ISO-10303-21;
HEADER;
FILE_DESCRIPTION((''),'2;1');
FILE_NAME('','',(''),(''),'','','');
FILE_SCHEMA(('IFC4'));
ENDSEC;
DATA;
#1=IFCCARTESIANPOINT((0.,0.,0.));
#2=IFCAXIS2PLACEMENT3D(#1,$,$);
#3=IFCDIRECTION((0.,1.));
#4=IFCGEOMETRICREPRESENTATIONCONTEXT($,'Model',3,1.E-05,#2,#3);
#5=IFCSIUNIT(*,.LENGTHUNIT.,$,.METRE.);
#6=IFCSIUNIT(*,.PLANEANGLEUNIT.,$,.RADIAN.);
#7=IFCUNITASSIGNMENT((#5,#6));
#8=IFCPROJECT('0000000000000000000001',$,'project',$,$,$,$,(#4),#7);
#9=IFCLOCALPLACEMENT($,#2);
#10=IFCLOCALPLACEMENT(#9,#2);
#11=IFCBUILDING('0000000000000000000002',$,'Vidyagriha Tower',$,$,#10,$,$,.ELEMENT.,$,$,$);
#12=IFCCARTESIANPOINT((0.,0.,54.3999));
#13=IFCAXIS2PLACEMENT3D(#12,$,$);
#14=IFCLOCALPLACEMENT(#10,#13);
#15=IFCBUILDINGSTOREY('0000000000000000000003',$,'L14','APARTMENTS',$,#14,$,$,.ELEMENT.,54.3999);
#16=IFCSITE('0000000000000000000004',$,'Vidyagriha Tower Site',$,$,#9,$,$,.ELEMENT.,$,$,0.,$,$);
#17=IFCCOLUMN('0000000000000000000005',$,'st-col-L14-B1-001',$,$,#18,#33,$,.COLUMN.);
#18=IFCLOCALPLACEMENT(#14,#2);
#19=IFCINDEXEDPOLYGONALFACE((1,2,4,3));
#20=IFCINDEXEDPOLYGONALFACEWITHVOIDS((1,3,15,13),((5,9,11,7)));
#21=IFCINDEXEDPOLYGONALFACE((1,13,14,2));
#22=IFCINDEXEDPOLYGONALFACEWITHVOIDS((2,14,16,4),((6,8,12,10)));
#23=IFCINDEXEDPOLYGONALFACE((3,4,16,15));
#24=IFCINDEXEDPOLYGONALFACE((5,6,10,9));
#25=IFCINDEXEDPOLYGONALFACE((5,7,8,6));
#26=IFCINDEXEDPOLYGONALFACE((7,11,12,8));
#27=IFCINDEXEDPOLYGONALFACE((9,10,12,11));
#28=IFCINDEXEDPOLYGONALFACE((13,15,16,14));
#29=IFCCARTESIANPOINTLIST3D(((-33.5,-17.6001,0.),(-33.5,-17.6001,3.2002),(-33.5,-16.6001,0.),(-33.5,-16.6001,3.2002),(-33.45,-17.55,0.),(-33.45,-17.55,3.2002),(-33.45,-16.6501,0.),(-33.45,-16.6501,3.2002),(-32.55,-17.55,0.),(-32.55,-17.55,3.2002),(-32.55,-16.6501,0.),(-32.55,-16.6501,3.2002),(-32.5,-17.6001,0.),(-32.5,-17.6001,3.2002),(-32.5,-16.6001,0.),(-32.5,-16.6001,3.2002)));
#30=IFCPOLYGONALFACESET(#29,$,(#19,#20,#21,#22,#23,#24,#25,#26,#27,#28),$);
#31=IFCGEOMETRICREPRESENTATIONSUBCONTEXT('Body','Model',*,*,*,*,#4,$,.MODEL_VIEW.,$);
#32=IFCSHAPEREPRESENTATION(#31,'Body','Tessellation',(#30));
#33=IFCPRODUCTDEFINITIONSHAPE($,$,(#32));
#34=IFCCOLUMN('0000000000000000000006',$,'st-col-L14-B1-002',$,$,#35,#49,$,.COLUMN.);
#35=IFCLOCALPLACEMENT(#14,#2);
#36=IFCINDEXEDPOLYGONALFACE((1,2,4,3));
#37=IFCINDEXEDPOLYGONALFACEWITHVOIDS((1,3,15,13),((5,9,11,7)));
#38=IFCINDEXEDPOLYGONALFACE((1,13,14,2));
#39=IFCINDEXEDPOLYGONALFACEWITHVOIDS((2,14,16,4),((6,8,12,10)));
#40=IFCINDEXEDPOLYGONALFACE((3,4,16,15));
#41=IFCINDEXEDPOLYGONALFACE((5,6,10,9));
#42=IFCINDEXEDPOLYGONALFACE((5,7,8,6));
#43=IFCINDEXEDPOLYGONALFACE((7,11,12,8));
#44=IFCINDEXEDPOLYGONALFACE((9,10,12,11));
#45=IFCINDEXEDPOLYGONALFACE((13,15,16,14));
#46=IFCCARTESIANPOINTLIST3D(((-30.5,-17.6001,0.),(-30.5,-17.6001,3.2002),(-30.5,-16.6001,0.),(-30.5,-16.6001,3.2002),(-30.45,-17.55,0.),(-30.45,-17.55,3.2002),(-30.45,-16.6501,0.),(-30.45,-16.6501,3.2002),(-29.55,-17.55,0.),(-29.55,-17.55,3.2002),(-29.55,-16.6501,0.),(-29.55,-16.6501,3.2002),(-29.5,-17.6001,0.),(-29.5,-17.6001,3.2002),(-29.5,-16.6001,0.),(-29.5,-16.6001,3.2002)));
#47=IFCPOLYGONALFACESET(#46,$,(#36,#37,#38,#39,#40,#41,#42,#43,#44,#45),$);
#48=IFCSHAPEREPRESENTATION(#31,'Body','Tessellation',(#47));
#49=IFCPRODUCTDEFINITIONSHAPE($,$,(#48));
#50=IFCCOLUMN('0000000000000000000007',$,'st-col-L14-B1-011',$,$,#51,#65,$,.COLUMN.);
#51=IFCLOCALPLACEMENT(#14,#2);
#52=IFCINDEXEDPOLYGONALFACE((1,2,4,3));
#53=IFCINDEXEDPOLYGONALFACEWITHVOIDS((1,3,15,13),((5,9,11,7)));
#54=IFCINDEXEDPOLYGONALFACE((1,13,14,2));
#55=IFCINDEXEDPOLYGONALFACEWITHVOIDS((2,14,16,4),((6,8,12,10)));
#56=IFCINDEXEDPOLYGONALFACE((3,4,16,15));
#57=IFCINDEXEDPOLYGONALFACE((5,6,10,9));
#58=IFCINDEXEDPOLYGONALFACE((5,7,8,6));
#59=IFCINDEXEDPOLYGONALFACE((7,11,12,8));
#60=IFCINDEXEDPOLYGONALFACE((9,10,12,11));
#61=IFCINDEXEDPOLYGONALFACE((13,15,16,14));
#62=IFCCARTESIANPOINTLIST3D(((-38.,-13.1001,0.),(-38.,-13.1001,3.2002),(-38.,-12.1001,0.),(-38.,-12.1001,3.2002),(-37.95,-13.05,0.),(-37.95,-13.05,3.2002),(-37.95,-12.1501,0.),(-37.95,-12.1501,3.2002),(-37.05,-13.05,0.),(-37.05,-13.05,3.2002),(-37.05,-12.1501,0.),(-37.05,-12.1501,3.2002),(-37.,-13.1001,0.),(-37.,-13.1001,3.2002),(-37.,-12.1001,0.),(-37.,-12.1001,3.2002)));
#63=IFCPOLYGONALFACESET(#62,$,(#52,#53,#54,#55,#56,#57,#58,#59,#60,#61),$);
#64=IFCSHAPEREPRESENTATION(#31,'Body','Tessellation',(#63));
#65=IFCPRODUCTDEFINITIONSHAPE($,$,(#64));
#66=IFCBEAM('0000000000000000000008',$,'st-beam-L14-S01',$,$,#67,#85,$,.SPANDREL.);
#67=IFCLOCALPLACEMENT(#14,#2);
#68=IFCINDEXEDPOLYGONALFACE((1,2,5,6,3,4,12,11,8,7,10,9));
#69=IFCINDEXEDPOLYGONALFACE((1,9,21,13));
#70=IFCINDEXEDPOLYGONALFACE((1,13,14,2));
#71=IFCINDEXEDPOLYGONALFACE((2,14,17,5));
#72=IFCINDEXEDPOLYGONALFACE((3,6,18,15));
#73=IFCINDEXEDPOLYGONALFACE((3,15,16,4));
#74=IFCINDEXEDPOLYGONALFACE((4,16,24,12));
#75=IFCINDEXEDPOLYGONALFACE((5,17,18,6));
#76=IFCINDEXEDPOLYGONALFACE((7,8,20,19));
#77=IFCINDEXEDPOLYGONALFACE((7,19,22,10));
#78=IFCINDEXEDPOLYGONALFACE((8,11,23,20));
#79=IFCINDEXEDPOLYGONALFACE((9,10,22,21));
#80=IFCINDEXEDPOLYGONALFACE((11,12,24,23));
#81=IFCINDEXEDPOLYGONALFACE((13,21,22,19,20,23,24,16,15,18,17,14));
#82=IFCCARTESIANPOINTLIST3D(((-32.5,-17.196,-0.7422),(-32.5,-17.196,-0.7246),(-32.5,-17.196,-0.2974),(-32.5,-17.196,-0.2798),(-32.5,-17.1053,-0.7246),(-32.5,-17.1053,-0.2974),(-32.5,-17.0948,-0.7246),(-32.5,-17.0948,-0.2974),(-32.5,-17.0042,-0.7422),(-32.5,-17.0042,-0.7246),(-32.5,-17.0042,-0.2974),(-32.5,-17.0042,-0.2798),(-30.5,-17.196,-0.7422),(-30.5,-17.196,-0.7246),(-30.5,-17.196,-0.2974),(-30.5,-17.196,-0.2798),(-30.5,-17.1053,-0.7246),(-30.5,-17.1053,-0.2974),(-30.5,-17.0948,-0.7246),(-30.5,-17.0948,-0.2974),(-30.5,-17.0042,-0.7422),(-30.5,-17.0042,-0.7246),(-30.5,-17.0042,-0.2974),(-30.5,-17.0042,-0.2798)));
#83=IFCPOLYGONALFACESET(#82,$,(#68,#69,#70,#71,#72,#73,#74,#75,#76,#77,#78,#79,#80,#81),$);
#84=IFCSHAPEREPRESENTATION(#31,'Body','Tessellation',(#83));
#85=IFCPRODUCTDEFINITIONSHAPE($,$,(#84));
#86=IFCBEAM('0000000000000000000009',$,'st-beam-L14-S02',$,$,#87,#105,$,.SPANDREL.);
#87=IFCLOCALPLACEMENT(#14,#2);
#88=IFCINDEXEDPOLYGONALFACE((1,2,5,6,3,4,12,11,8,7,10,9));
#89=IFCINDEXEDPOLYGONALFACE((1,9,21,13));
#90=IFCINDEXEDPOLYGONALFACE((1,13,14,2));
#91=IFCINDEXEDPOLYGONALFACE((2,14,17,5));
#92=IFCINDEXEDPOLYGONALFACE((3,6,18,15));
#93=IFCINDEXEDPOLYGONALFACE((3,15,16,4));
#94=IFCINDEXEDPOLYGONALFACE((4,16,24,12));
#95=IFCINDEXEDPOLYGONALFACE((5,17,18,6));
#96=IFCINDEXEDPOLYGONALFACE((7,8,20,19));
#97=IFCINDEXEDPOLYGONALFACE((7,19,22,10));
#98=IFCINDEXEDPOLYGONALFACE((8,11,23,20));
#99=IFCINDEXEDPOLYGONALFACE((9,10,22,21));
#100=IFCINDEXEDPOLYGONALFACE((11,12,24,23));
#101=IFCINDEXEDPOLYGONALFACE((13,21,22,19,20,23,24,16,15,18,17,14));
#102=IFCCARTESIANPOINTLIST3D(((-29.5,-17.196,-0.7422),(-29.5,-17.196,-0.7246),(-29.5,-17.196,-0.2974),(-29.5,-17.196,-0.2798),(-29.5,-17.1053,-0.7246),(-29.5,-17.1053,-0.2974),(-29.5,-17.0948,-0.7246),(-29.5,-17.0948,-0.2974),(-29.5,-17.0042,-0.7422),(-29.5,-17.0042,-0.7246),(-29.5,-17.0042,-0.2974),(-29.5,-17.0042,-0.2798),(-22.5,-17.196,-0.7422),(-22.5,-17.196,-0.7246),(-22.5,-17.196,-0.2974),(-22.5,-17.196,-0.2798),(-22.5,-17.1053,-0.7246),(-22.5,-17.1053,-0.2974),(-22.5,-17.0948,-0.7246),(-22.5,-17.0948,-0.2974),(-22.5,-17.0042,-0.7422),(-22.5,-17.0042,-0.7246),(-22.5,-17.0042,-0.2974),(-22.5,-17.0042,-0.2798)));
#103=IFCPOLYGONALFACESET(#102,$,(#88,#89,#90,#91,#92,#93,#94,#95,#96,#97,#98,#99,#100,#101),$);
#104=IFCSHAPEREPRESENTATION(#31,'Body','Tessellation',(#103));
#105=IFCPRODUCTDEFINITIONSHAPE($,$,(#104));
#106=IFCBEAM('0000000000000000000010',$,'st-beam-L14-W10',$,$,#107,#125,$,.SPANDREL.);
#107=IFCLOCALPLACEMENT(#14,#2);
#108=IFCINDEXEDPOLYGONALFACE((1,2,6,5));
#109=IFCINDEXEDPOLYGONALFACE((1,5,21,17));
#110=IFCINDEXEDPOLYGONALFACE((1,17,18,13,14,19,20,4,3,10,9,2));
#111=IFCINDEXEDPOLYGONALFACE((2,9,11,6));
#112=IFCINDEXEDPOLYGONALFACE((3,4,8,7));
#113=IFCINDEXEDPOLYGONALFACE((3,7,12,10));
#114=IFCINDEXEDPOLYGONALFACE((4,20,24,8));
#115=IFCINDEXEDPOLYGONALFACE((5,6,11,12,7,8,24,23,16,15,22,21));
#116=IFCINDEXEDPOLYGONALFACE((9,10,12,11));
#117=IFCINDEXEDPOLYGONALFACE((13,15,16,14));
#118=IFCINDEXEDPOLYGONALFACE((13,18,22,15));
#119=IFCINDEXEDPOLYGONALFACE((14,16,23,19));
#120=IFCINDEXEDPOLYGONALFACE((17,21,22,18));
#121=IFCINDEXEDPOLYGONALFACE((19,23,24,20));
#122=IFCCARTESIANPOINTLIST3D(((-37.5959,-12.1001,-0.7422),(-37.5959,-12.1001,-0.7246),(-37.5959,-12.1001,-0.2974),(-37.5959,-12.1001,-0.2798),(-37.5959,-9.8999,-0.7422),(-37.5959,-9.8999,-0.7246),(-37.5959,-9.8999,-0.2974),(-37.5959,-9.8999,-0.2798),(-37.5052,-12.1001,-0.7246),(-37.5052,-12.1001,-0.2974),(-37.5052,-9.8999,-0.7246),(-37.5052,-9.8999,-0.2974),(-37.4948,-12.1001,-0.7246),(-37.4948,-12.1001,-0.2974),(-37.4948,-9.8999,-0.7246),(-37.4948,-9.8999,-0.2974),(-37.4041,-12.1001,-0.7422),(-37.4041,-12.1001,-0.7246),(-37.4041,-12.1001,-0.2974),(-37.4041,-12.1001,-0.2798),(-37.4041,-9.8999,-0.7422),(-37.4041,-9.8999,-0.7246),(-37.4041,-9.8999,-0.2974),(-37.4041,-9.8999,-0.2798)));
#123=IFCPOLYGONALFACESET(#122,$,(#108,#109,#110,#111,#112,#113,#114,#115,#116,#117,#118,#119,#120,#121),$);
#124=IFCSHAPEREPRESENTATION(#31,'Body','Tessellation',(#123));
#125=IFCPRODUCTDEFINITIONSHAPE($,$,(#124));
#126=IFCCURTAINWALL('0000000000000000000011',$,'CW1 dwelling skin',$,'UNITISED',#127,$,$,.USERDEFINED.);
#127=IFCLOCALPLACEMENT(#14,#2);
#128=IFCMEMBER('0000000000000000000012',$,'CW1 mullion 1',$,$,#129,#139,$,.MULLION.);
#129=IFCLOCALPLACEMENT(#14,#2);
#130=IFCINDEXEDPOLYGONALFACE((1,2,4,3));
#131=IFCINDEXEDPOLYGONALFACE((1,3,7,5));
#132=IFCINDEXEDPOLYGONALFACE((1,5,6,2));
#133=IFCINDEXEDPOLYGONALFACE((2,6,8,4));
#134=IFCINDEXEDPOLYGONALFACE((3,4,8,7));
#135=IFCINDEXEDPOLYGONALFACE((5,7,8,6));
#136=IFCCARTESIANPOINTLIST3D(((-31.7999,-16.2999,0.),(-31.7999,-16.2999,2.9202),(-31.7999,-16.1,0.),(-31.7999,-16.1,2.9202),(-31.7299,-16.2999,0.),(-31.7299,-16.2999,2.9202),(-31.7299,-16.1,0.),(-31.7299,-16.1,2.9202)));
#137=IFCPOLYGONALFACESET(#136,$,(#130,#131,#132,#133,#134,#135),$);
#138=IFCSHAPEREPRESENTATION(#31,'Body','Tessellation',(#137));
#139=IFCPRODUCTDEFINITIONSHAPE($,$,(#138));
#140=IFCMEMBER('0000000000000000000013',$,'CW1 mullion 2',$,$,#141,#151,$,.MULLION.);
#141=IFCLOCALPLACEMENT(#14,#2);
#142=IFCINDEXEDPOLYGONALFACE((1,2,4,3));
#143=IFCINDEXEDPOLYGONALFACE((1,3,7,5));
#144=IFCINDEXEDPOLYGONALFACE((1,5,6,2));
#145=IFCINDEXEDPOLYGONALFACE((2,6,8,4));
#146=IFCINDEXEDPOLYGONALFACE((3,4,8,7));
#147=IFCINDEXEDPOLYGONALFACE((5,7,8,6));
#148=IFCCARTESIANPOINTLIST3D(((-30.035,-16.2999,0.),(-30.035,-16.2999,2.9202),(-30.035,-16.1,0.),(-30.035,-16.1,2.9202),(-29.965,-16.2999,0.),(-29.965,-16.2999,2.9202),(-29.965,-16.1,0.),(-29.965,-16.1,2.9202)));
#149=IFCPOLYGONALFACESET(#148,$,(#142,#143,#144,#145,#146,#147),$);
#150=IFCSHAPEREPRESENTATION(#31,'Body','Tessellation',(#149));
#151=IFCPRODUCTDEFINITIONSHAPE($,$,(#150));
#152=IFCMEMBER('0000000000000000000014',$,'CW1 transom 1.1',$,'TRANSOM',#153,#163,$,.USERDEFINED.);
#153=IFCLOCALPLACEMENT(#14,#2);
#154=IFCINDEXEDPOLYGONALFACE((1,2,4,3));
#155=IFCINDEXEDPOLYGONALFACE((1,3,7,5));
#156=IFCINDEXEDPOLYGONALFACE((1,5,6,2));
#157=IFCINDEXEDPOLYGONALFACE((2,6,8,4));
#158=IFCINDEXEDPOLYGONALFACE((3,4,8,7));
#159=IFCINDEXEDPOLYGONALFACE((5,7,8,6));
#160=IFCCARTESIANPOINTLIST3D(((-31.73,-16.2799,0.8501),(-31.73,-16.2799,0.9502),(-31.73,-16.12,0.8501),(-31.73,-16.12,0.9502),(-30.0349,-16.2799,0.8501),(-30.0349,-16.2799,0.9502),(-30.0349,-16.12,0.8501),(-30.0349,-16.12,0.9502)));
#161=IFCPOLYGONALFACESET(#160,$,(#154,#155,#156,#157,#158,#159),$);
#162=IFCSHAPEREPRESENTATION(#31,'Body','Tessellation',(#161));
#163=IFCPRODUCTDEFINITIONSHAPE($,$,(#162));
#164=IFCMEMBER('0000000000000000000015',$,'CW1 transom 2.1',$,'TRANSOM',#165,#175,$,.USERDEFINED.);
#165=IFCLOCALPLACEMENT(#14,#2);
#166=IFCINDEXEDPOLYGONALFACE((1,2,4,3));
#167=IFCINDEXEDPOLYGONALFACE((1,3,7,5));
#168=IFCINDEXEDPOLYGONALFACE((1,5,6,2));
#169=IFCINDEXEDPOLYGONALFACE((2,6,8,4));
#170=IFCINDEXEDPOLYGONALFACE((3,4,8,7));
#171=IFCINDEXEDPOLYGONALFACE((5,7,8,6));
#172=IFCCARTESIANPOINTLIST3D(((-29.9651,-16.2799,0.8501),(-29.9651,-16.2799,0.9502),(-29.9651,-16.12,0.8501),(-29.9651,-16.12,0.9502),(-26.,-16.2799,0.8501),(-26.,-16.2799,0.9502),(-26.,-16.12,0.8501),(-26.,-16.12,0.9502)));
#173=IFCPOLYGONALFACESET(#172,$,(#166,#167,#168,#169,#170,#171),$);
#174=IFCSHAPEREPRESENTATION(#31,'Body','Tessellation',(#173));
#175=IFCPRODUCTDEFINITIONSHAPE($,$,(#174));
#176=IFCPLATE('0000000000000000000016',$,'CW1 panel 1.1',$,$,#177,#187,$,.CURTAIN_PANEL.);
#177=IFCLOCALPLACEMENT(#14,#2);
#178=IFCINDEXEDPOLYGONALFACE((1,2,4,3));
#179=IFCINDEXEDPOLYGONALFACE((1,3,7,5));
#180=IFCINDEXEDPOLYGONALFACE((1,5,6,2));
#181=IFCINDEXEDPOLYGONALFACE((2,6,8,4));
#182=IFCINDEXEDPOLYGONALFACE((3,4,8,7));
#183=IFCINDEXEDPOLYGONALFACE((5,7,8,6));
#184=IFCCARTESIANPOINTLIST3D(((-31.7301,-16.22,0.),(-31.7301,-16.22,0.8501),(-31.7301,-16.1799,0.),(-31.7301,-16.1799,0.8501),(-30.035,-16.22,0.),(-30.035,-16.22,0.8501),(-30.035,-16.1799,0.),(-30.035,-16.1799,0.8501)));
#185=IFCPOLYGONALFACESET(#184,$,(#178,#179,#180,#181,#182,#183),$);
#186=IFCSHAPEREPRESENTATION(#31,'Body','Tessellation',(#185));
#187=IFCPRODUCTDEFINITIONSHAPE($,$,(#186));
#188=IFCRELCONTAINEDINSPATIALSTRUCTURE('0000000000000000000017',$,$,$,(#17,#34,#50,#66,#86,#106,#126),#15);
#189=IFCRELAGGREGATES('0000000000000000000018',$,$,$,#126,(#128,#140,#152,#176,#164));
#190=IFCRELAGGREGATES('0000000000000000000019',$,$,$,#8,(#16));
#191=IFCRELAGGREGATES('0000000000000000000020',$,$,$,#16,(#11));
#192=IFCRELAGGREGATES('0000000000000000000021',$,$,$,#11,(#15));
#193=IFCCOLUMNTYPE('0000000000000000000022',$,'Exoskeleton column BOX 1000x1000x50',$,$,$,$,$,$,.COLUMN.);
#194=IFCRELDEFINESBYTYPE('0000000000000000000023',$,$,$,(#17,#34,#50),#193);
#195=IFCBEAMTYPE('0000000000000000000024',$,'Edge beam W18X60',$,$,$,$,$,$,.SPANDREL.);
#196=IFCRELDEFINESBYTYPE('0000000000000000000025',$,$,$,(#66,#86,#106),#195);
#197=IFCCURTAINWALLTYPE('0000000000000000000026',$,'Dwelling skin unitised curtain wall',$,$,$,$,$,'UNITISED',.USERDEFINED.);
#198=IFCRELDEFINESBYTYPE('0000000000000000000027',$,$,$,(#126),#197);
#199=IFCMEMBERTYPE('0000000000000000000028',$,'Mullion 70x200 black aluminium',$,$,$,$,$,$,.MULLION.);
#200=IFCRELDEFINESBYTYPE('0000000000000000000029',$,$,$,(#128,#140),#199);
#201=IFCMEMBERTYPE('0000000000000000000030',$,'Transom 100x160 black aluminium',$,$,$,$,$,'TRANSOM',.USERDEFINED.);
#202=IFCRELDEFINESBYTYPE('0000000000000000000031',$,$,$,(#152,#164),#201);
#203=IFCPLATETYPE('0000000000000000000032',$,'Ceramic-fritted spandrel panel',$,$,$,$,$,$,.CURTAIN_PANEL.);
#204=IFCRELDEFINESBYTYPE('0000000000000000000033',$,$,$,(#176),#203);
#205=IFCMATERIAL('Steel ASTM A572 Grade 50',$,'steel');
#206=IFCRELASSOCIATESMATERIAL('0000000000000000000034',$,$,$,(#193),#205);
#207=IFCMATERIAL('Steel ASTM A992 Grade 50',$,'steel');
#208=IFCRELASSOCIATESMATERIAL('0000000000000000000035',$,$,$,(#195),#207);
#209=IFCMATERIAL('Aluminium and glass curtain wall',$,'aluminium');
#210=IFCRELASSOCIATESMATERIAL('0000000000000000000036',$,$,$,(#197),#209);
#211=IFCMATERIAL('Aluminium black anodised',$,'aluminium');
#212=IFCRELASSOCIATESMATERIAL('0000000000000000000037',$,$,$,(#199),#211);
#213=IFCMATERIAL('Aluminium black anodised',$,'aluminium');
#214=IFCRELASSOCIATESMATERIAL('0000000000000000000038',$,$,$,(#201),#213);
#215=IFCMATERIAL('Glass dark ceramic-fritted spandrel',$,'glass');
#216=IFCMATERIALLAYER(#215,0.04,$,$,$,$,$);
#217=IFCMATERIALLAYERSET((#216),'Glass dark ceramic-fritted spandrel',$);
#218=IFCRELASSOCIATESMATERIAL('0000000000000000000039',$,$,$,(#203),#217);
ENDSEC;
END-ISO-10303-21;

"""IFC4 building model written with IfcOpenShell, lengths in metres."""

from ifc_helpers import new_model, si_unit, direction, frame, origin, origin_2d, place, context, subcontext, project, spatial, rectangle, hollow_rectangle, i_section, extrude, material, layer, layer_set, material_profile, profile_set, type_object, element, aggregate, save


model = new_model("IFC4")

# Units and contexts
model_context = context("Model", 3, precision=1e-05, world=origin(), true_north=direction((0.0, 1.0)))
body_context = subcontext(model_context, "Body", "Model", "MODEL_VIEW")
ifc_project = project(units=[si_unit("LENGTHUNIT", "METRE"), si_unit("PLANEANGLEUNIT", "RADIAN")], contexts=[model_context])

# Site, building, storey
site_placement = place(None, origin())
site = spatial("IfcSite", under=ifc_project, at=site_placement, Name="Vidyagriha Tower Site", CompositionType="ELEMENT", RefElevation=0.0)
building_placement = place(site_placement, origin())
building = spatial("IfcBuilding", under=site, at=building_placement, Name="Vidyagriha Tower", CompositionType="ELEMENT")
storey_placement = place(building_placement, frame((0.0, 0.0, 54.3999)))
storey = spatial("IfcBuildingStorey", under=building, at=storey_placement, Name="L14", Description="APARTMENTS", CompositionType="ELEMENT", Elevation=54.3999)

# Columns
ifc_material_1 = material(Name="Steel ASTM A572 Grade 50", Category="steel")
ifc_material_profile_1 = material_profile(ifc_material_1, hollow_rectangle(XDim=1.0, YDim=1.0, WallThickness=0.05, at=origin_2d()), Name="BOX 1000x1000x50")
ifc_profile_set_1 = profile_set([ifc_material_profile_1], Name="Steel ASTM A572 Grade 50")
column_type = type_object("IfcColumnType", Name="Exoskeleton column BOX 1000x1000x50", PredefinedType="COLUMN", material=ifc_profile_set_1)
for number, where, name in (
    (1, (-33.0, -17.1001, 0.0), "st-col-L14-B1-001"),
    (2, (-30.0, -17.1001, 0.0), "st-col-L14-B1-002"),
    (3, (-37.5, -12.6001, 0.0), "st-col-L14-B1-011"),
):
    element("IfcColumn", number, at=place(storey_placement, frame(where)), inside=storey, type_object=column_type, Name=name, PredefinedType="COLUMN", context=body_context, shape_type="SweptSolid", body=[
        extrude(hollow_rectangle(XDim=1.0, YDim=1.0, WallThickness=0.05, at=origin_2d()), origin(), (0.0, 0.0, 1.0), 3.2002),
    ])

# Beams
ifc_material_2 = material(Name="Steel ASTM A992 Grade 50", Category="steel")
ifc_material_profile_2 = material_profile(ifc_material_2, i_section(OverallWidth=0.1919, OverallDepth=0.4624, WebThickness=0.0105, FlangeThickness=0.0176, at=origin_2d()), Name="W18X60")
ifc_profile_set_2 = profile_set([ifc_material_profile_2], Name="Steel ASTM A992 Grade 50")
beam_type = type_object("IfcBeamType", Name="Edge beam W18X60", PredefinedType="SPANDREL", material=ifc_profile_set_2)
beam_1_placement = place(storey_placement, frame((-32.5, -17.1001, -0.511), z_axis=(1.0, 0.0, 0.0), x_axis=(0.0, 1.0, 0.0)))
element("IfcBeam", 4, at=beam_1_placement, inside=storey, type_object=beam_type, Name="st-beam-L14-S01", PredefinedType="SPANDREL", context=body_context, shape_type="SweptSolid", body=[
    extrude(i_section(OverallWidth=0.1919, OverallDepth=0.4624, WebThickness=0.0105, FlangeThickness=0.0176, at=origin_2d()), origin(), (0.0, 0.0, 1.0), 2.0),
])
beam_2_placement = place(storey_placement, frame((-29.5, -17.1001, -0.511), z_axis=(1.0, 0.0, 0.0), x_axis=(0.0, 1.0, 0.0)))
element("IfcBeam", 5, at=beam_2_placement, inside=storey, type_object=beam_type, Name="st-beam-L14-S02", PredefinedType="SPANDREL", context=body_context, shape_type="SweptSolid", body=[
    extrude(i_section(OverallWidth=0.1919, OverallDepth=0.4624, WebThickness=0.0105, FlangeThickness=0.0176, at=origin_2d()), origin(), (0.0, 0.0, 1.0), 7.0),
])
beam_3_placement = place(storey_placement, frame((-37.5, -12.1001, -0.511), z_axis=(0.0, 1.0, 0.0), x_axis=(-1.0, 0.0, 0.0)))
element("IfcBeam", 6, at=beam_3_placement, inside=storey, type_object=beam_type, Name="st-beam-L14-W10", PredefinedType="SPANDREL", context=body_context, shape_type="SweptSolid", body=[
    extrude(i_section(OverallWidth=0.1919, OverallDepth=0.4624, WebThickness=0.0105, FlangeThickness=0.0176, at=origin_2d()), origin(), (0.0, 0.0, 1.0), 2.2002),
])

# Curtain wall, members, plate
ifc_material_3 = material(Name="Aluminium and glass curtain wall", Category="aluminium")
curtain_wall_type = type_object("IfcCurtainWallType", Name="Dwelling skin unitised curtain wall", ElementType="UNITISED", PredefinedType="USERDEFINED", material=ifc_material_3)
curtain_wall_placement = place(storey_placement, origin())
curtain_wall = element("IfcCurtainWall", 7, at=curtain_wall_placement, inside=storey, type_object=curtain_wall_type, Name="CW1 dwelling skin", ObjectType="UNITISED", PredefinedType="USERDEFINED")
ifc_material_4 = material(Name="Aluminium black anodised", Category="aluminium")
ifc_material_profile_3 = material_profile(ifc_material_4, rectangle(XDim=0.2, YDim=0.0701, at=origin_2d()), Name="Mullion 70x200 black aluminium")
ifc_profile_set_3 = profile_set([ifc_material_profile_3], Name="Aluminium black anodised")
member_type_1 = type_object("IfcMemberType", Name="Mullion 70x200 black aluminium", PredefinedType="MULLION", material=ifc_profile_set_3)
member_1_placement = place(storey_placement, frame((-31.7649, -16.2, 0.0), z_axis=(0.0, 0.0, 1.0), x_axis=(0.0, 1.0, 0.0)))
member_1 = element("IfcMember", 8, at=member_1_placement, type_object=member_type_1, Name="CW1 mullion 1", PredefinedType="MULLION", context=body_context, shape_type="SweptSolid", body=[
    extrude(rectangle(XDim=0.2, YDim=0.0701, at=origin_2d()), origin(), (0.0, 0.0, 1.0), 2.9202),
])
member_2_placement = place(storey_placement, frame((-30.0, -16.2, 0.0), z_axis=(0.0, 0.0, 1.0), x_axis=(0.0, 1.0, 0.0)))
member_2 = element("IfcMember", 9, at=member_2_placement, type_object=member_type_1, Name="CW1 mullion 2", PredefinedType="MULLION", context=body_context, shape_type="SweptSolid", body=[
    extrude(rectangle(XDim=0.2, YDim=0.0701, at=origin_2d()), origin(), (0.0, 0.0, 1.0), 2.9202),
])
ifc_material_5 = material(Name="Aluminium black anodised", Category="aluminium")
ifc_material_profile_4 = material_profile(ifc_material_5, rectangle(XDim=0.1599, YDim=0.1001, at=origin_2d()), Name="Transom 100x160 black aluminium")
ifc_profile_set_4 = profile_set([ifc_material_profile_4], Name="Aluminium black anodised")
member_type_2 = type_object("IfcMemberType", Name="Transom 100x160 black aluminium", ElementType="TRANSOM", PredefinedType="USERDEFINED", material=ifc_profile_set_4)
member_3_placement = place(storey_placement, frame((-31.73, -16.2, 0.9001), z_axis=(1.0, 0.0, 0.0), x_axis=(0.0, 1.0, 0.0)))
member_3 = element("IfcMember", 10, at=member_3_placement, type_object=member_type_2, Name="CW1 transom 1.1", ObjectType="TRANSOM", PredefinedType="USERDEFINED", context=body_context, shape_type="SweptSolid", body=[
    extrude(rectangle(XDim=0.1599, YDim=0.1001, at=origin_2d()), origin(), (0.0, 0.0, 1.0), 1.6951),
])
member_4_placement = place(storey_placement, frame((-29.9651, -16.2, 0.9001), z_axis=(1.0, 0.0, 0.0), x_axis=(0.0, 1.0, 0.0)))
member_4 = element("IfcMember", 11, at=member_4_placement, type_object=member_type_2, Name="CW1 transom 2.1", ObjectType="TRANSOM", PredefinedType="USERDEFINED", context=body_context, shape_type="SweptSolid", body=[
    extrude(rectangle(XDim=0.1599, YDim=0.1001, at=origin_2d()), origin(), (0.0, 0.0, 1.0), 3.9651),
])
ifc_material_6 = material(Name="Glass dark ceramic-fritted spandrel", Category="glass")
ifc_layer_1 = layer(ifc_material_6, 0.04)
ifc_layer_set_1 = layer_set([ifc_layer_1], Name="Glass dark ceramic-fritted spandrel")
plate_type_1 = type_object("IfcPlateType", Name="Ceramic-fritted spandrel panel", PredefinedType="CURTAIN_PANEL", material=ifc_layer_set_1)
plate_1_placement = place(storey_placement, frame((-30.8826, -16.2, 0.0)))
plate_1 = element("IfcPlate", 12, at=plate_1_placement, type_object=plate_type_1, Name="CW1 panel 1.1", PredefinedType="CURTAIN_PANEL", context=body_context, shape_type="SweptSolid", body=[
    extrude(rectangle(XDim=1.6951, YDim=0.04, at=origin_2d()), origin(), (0.0, 0.0, 1.0), 0.8501),
])
aggregate(curtain_wall, [member_1, member_2, member_3, plate_1, member_4])

save(model, "model.ifc")
